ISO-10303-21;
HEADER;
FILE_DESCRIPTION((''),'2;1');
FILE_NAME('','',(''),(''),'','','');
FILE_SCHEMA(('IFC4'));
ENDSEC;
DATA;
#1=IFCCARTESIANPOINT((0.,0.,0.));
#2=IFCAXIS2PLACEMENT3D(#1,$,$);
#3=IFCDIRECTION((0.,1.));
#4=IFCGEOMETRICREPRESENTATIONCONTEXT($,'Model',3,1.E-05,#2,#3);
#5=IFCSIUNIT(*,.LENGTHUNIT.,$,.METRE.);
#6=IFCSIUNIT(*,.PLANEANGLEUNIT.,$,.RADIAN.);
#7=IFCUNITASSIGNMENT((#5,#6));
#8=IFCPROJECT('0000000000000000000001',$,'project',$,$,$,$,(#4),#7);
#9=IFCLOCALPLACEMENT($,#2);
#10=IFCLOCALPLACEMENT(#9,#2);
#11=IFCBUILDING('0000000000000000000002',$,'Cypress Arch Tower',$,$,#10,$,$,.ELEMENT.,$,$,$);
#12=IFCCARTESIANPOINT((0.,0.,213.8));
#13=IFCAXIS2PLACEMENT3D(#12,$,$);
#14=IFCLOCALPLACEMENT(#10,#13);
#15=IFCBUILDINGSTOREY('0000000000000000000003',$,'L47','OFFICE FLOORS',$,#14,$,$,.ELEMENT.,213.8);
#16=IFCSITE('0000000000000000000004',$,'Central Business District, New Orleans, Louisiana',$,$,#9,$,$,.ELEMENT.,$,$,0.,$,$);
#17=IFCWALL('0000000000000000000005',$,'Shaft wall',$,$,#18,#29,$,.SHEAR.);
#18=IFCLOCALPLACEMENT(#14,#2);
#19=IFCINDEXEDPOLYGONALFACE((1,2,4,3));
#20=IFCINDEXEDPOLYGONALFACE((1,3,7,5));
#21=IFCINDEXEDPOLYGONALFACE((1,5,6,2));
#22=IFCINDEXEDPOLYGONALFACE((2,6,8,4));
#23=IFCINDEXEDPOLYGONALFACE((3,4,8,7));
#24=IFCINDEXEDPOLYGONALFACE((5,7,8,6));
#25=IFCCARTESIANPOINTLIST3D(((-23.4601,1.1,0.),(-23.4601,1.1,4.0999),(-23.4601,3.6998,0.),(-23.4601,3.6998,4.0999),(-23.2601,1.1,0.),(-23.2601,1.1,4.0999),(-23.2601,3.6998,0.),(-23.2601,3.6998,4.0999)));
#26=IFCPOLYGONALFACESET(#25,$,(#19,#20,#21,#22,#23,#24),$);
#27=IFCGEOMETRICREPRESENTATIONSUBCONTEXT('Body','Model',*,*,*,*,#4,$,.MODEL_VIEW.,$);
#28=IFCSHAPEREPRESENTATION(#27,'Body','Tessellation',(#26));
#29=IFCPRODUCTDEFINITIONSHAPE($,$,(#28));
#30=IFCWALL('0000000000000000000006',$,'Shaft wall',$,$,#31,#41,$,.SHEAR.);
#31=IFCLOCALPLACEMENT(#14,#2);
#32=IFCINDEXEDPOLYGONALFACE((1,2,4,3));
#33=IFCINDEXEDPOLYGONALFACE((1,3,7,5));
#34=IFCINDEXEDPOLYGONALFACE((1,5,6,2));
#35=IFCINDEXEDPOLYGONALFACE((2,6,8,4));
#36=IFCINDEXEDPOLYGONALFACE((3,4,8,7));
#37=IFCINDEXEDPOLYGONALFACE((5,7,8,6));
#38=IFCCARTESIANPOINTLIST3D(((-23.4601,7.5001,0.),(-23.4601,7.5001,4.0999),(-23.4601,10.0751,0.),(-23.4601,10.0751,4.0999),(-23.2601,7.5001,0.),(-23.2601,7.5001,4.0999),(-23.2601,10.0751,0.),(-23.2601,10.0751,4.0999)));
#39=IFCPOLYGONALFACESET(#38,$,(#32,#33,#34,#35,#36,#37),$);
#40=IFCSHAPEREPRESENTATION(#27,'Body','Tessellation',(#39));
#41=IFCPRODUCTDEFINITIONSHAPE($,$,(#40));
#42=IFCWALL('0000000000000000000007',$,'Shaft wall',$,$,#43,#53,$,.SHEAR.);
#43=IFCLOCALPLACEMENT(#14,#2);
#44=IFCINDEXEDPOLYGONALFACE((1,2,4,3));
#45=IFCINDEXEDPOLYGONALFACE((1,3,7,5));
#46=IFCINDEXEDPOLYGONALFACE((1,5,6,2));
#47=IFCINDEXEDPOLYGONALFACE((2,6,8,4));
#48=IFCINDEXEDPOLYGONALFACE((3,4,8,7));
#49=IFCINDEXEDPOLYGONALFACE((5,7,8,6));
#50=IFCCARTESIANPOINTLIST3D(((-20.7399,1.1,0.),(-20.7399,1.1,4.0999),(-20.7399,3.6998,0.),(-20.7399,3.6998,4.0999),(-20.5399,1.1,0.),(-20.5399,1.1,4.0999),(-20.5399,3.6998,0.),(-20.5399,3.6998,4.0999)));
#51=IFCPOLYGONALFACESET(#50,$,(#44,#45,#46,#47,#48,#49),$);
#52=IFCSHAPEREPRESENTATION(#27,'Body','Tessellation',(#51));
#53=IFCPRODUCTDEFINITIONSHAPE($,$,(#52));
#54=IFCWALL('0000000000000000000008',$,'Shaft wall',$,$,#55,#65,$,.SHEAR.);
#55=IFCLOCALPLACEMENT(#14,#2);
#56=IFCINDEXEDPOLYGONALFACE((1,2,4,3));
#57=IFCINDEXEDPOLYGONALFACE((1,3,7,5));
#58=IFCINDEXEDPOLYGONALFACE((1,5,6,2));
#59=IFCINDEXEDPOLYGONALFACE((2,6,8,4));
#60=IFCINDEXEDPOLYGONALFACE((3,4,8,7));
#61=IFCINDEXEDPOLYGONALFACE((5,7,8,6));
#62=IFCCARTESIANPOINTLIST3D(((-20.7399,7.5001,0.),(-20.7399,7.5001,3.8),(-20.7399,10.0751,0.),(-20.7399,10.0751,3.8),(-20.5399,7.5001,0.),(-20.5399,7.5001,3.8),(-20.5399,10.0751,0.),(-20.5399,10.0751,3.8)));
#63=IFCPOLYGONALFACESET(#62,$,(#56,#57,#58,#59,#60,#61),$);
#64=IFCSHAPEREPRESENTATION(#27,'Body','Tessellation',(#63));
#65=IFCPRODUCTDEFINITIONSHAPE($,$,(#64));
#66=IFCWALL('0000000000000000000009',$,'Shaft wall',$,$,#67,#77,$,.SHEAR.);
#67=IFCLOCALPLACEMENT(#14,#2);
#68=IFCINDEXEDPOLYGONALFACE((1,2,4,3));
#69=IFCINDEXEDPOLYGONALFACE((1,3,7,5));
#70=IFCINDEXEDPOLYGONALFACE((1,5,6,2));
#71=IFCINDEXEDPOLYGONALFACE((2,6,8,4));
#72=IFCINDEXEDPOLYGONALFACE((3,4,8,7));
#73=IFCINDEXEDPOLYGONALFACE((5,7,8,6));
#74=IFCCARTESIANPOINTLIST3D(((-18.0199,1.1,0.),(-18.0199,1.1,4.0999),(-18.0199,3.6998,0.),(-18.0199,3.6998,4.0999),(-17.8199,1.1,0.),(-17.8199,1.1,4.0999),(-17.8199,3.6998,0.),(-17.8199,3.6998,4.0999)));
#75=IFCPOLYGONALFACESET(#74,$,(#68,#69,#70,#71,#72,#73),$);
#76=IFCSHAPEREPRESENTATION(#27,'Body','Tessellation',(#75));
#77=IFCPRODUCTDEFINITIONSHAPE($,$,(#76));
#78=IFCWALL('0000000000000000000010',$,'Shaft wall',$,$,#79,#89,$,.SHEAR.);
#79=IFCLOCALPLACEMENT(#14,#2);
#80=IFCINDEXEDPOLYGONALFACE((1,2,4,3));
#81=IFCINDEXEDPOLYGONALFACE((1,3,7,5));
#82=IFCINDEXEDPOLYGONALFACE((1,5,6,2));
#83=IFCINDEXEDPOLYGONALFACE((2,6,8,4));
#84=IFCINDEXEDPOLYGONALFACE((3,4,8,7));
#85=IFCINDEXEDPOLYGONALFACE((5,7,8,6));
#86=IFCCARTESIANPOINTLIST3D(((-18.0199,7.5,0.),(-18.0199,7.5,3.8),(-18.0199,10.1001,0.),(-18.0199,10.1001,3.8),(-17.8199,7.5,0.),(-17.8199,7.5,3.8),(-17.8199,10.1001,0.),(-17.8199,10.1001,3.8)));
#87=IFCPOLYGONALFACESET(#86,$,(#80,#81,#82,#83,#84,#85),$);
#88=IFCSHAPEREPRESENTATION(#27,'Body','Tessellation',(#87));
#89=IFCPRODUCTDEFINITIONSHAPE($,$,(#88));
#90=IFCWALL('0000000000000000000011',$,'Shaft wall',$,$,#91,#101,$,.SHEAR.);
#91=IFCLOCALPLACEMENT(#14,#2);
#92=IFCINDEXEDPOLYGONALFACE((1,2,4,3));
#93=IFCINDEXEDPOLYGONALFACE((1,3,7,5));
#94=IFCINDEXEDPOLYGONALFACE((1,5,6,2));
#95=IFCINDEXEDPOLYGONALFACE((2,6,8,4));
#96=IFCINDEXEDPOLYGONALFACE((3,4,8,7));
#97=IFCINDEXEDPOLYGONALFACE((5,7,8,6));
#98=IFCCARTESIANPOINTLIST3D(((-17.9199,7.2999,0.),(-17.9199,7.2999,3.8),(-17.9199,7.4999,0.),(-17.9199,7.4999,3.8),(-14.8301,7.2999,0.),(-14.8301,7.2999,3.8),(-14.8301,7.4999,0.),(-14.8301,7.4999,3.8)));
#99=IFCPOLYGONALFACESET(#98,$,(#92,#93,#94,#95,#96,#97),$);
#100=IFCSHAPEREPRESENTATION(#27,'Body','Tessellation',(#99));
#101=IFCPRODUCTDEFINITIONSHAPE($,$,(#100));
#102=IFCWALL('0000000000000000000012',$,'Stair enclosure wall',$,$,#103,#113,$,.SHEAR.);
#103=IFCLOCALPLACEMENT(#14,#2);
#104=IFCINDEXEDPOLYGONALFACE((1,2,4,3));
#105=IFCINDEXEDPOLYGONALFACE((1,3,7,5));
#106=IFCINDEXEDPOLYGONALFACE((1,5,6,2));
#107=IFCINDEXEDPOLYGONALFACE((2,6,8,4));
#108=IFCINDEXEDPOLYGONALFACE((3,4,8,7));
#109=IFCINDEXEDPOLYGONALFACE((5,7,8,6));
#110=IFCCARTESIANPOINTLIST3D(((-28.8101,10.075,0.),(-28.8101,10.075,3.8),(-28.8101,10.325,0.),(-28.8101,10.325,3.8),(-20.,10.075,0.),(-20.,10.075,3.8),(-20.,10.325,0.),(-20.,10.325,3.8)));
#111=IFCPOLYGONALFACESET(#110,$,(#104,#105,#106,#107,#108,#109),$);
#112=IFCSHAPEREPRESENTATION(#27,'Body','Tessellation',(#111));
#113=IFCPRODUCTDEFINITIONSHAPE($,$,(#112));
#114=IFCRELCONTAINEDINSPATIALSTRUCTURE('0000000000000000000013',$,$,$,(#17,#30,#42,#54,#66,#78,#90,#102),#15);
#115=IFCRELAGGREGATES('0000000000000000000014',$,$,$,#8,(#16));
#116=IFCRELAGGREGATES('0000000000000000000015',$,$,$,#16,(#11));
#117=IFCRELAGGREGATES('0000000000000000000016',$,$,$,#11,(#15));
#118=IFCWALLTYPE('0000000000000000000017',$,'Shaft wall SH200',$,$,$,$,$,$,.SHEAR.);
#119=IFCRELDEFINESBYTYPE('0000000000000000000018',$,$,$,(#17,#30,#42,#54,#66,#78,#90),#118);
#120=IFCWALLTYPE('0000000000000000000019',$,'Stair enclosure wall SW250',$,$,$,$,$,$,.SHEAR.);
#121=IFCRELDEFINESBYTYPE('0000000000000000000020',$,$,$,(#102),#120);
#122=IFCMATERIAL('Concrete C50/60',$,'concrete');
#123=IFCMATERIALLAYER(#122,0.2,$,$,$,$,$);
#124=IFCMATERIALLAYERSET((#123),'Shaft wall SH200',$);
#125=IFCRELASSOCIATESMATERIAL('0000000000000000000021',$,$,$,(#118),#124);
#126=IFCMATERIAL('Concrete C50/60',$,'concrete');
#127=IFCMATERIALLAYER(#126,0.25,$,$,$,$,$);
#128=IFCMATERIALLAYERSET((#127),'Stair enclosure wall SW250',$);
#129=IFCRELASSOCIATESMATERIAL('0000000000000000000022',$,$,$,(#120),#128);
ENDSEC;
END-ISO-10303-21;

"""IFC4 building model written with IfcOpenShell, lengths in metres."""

from ifc_helpers import new_model, si_unit, direction, frame, frame_2d, origin, place, context, subcontext, project, spatial, rectangle, extrude, material, layer, layer_set, type_object, element, save


model = new_model("IFC4")

# Units and contexts
model_context = context("Model", 3, precision=1e-05, world=origin(), true_north=direction((0.0, 1.0)))
body_context = subcontext(model_context, "Body", "Model", "MODEL_VIEW")
ifc_project = project(units=[si_unit("LENGTHUNIT", "METRE"), si_unit("PLANEANGLEUNIT", "RADIAN")], contexts=[model_context])

# Site, building, storey
site_placement = place(None, origin())
site = spatial("IfcSite", under=ifc_project, at=site_placement, Name="Central Business District, New Orleans, Louisiana", CompositionType="ELEMENT", RefElevation=0.0)
building_placement = place(site_placement, origin())
building = spatial("IfcBuilding", under=site, at=building_placement, Name="Cypress Arch Tower", CompositionType="ELEMENT")
storey_placement = place(building_placement, frame((0.0, 0.0, 213.8)))
storey = spatial("IfcBuildingStorey", under=building, at=storey_placement, Name="L47", Description="OFFICE FLOORS", CompositionType="ELEMENT", Elevation=213.8)

# Shared definitions
ifc_material_1 = material(Name="Concrete C50/60", Category="concrete")
ifc_layer_1 = layer(ifc_material_1, 0.2)
ifc_layer_set_1 = layer_set([ifc_layer_1], Name="Shaft wall SH200")
wall_type_1 = type_object("IfcWallType", Name="Shaft wall SH200", PredefinedType="SHEAR", material=ifc_layer_set_1)

# Walls
wall_1_placement = place(storey_placement, frame((-23.3601, 1.1001, 0.0), z_axis=(0.0, 0.0, 1.0), x_axis=(0.0, 1.0, 0.0)))
element("IfcWall", 1, at=wall_1_placement, inside=storey, type_object=wall_type_1, Name="Shaft wall", PredefinedType="SHEAR", context=body_context, shape_type="SweptSolid", body=[
    extrude(rectangle(XDim=2.5999, YDim=0.2, at=frame_2d((1.2998, 0.0))), origin(), (0.0, 0.0, 1.0), 4.0999),
])
wall_2_placement = place(storey_placement, frame((-23.3601, 7.5, 0.0), z_axis=(0.0, 0.0, 1.0), x_axis=(0.0, 1.0, 0.0)))
element("IfcWall", 2, at=wall_2_placement, inside=storey, type_object=wall_type_1, Name="Shaft wall", PredefinedType="SHEAR", context=body_context, shape_type="SweptSolid", body=[
    extrude(rectangle(XDim=2.575, YDim=0.2, at=frame_2d((1.2876, 0.0))), origin(), (0.0, 0.0, 1.0), 4.0999),
])
wall_3_placement = place(storey_placement, frame((-20.6399, 1.1001, 0.0), z_axis=(0.0, 0.0, 1.0), x_axis=(0.0, 1.0, 0.0)))
element("IfcWall", 3, at=wall_3_placement, inside=storey, type_object=wall_type_1, Name="Shaft wall", PredefinedType="SHEAR", context=body_context, shape_type="SweptSolid", body=[
    extrude(rectangle(XDim=2.5999, YDim=0.2, at=frame_2d((1.2998, 0.0))), origin(), (0.0, 0.0, 1.0), 4.0999),
])
wall_4_placement = place(storey_placement, frame((-20.6399, 7.5, 0.0), z_axis=(0.0, 0.0, 1.0), x_axis=(0.0, 1.0, 0.0)))
element("IfcWall", 4, at=wall_4_placement, inside=storey, type_object=wall_type_1, Name="Shaft wall", PredefinedType="SHEAR", context=body_context, shape_type="SweptSolid", body=[
    extrude(rectangle(XDim=2.575, YDim=0.2, at=frame_2d((1.2876, 0.0))), origin(), (0.0, 0.0, 1.0), 3.8),
])
wall_5_placement = place(storey_placement, frame((-17.9199, 1.1001, 0.0), z_axis=(0.0, 0.0, 1.0), x_axis=(0.0, 1.0, 0.0)))
element("IfcWall", 5, at=wall_5_placement, inside=storey, type_object=wall_type_1, Name="Shaft wall", PredefinedType="SHEAR", context=body_context, shape_type="SweptSolid", body=[
    extrude(rectangle(XDim=2.5999, YDim=0.2, at=frame_2d((1.2998, 0.0))), origin(), (0.0, 0.0, 1.0), 4.0999),
])
wall_6_placement = place(storey_placement, frame((-17.9199, 7.5, 0.0), z_axis=(0.0, 0.0, 1.0), x_axis=(0.0, 1.0, 0.0)))
element("IfcWall", 6, at=wall_6_placement, inside=storey, type_object=wall_type_1, Name="Shaft wall", PredefinedType="SHEAR", context=body_context, shape_type="SweptSolid", body=[
    extrude(rectangle(XDim=2.6001, YDim=0.2, at=frame_2d((1.3, 0.0))), origin(), (0.0, 0.0, 1.0), 3.8),
])
wall_7_placement = place(storey_placement, frame((-17.9199, 7.3999, 0.0), z_axis=(0.0, 0.0, 1.0), x_axis=(1.0, 0.0, 0.0)))
element("IfcWall", 7, at=wall_7_placement, inside=storey, type_object=wall_type_1, Name="Shaft wall", PredefinedType="SHEAR", context=body_context, shape_type="SweptSolid", body=[
    extrude(rectangle(XDim=3.0898, YDim=0.2, at=frame_2d((1.5449, 0.0))), origin(), (0.0, 0.0, 1.0), 3.8),
])
ifc_material_2 = material(Name="Concrete C50/60", Category="concrete")
ifc_layer_2 = layer(ifc_material_2, 0.25)
ifc_layer_set_2 = layer_set([ifc_layer_2], Name="Stair enclosure wall SW250")
wall_type_2 = type_object("IfcWallType", Name="Stair enclosure wall SW250", PredefinedType="SHEAR", material=ifc_layer_set_2)
wall_8_placement = place(storey_placement, frame((-28.8101, 10.2, 0.0), z_axis=(0.0, 0.0, 1.0), x_axis=(1.0, 0.0, 0.0)))
element("IfcWall", 8, at=wall_8_placement, inside=storey, type_object=wall_type_2, Name="Stair enclosure wall", PredefinedType="SHEAR", context=body_context, shape_type="SweptSolid", body=[
    extrude(rectangle(XDim=8.8101, YDim=0.25, at=frame_2d((4.405, 0.0))), origin(), (0.0, 0.0, 1.0), 3.8),
])

save(model, "model.ifc")
